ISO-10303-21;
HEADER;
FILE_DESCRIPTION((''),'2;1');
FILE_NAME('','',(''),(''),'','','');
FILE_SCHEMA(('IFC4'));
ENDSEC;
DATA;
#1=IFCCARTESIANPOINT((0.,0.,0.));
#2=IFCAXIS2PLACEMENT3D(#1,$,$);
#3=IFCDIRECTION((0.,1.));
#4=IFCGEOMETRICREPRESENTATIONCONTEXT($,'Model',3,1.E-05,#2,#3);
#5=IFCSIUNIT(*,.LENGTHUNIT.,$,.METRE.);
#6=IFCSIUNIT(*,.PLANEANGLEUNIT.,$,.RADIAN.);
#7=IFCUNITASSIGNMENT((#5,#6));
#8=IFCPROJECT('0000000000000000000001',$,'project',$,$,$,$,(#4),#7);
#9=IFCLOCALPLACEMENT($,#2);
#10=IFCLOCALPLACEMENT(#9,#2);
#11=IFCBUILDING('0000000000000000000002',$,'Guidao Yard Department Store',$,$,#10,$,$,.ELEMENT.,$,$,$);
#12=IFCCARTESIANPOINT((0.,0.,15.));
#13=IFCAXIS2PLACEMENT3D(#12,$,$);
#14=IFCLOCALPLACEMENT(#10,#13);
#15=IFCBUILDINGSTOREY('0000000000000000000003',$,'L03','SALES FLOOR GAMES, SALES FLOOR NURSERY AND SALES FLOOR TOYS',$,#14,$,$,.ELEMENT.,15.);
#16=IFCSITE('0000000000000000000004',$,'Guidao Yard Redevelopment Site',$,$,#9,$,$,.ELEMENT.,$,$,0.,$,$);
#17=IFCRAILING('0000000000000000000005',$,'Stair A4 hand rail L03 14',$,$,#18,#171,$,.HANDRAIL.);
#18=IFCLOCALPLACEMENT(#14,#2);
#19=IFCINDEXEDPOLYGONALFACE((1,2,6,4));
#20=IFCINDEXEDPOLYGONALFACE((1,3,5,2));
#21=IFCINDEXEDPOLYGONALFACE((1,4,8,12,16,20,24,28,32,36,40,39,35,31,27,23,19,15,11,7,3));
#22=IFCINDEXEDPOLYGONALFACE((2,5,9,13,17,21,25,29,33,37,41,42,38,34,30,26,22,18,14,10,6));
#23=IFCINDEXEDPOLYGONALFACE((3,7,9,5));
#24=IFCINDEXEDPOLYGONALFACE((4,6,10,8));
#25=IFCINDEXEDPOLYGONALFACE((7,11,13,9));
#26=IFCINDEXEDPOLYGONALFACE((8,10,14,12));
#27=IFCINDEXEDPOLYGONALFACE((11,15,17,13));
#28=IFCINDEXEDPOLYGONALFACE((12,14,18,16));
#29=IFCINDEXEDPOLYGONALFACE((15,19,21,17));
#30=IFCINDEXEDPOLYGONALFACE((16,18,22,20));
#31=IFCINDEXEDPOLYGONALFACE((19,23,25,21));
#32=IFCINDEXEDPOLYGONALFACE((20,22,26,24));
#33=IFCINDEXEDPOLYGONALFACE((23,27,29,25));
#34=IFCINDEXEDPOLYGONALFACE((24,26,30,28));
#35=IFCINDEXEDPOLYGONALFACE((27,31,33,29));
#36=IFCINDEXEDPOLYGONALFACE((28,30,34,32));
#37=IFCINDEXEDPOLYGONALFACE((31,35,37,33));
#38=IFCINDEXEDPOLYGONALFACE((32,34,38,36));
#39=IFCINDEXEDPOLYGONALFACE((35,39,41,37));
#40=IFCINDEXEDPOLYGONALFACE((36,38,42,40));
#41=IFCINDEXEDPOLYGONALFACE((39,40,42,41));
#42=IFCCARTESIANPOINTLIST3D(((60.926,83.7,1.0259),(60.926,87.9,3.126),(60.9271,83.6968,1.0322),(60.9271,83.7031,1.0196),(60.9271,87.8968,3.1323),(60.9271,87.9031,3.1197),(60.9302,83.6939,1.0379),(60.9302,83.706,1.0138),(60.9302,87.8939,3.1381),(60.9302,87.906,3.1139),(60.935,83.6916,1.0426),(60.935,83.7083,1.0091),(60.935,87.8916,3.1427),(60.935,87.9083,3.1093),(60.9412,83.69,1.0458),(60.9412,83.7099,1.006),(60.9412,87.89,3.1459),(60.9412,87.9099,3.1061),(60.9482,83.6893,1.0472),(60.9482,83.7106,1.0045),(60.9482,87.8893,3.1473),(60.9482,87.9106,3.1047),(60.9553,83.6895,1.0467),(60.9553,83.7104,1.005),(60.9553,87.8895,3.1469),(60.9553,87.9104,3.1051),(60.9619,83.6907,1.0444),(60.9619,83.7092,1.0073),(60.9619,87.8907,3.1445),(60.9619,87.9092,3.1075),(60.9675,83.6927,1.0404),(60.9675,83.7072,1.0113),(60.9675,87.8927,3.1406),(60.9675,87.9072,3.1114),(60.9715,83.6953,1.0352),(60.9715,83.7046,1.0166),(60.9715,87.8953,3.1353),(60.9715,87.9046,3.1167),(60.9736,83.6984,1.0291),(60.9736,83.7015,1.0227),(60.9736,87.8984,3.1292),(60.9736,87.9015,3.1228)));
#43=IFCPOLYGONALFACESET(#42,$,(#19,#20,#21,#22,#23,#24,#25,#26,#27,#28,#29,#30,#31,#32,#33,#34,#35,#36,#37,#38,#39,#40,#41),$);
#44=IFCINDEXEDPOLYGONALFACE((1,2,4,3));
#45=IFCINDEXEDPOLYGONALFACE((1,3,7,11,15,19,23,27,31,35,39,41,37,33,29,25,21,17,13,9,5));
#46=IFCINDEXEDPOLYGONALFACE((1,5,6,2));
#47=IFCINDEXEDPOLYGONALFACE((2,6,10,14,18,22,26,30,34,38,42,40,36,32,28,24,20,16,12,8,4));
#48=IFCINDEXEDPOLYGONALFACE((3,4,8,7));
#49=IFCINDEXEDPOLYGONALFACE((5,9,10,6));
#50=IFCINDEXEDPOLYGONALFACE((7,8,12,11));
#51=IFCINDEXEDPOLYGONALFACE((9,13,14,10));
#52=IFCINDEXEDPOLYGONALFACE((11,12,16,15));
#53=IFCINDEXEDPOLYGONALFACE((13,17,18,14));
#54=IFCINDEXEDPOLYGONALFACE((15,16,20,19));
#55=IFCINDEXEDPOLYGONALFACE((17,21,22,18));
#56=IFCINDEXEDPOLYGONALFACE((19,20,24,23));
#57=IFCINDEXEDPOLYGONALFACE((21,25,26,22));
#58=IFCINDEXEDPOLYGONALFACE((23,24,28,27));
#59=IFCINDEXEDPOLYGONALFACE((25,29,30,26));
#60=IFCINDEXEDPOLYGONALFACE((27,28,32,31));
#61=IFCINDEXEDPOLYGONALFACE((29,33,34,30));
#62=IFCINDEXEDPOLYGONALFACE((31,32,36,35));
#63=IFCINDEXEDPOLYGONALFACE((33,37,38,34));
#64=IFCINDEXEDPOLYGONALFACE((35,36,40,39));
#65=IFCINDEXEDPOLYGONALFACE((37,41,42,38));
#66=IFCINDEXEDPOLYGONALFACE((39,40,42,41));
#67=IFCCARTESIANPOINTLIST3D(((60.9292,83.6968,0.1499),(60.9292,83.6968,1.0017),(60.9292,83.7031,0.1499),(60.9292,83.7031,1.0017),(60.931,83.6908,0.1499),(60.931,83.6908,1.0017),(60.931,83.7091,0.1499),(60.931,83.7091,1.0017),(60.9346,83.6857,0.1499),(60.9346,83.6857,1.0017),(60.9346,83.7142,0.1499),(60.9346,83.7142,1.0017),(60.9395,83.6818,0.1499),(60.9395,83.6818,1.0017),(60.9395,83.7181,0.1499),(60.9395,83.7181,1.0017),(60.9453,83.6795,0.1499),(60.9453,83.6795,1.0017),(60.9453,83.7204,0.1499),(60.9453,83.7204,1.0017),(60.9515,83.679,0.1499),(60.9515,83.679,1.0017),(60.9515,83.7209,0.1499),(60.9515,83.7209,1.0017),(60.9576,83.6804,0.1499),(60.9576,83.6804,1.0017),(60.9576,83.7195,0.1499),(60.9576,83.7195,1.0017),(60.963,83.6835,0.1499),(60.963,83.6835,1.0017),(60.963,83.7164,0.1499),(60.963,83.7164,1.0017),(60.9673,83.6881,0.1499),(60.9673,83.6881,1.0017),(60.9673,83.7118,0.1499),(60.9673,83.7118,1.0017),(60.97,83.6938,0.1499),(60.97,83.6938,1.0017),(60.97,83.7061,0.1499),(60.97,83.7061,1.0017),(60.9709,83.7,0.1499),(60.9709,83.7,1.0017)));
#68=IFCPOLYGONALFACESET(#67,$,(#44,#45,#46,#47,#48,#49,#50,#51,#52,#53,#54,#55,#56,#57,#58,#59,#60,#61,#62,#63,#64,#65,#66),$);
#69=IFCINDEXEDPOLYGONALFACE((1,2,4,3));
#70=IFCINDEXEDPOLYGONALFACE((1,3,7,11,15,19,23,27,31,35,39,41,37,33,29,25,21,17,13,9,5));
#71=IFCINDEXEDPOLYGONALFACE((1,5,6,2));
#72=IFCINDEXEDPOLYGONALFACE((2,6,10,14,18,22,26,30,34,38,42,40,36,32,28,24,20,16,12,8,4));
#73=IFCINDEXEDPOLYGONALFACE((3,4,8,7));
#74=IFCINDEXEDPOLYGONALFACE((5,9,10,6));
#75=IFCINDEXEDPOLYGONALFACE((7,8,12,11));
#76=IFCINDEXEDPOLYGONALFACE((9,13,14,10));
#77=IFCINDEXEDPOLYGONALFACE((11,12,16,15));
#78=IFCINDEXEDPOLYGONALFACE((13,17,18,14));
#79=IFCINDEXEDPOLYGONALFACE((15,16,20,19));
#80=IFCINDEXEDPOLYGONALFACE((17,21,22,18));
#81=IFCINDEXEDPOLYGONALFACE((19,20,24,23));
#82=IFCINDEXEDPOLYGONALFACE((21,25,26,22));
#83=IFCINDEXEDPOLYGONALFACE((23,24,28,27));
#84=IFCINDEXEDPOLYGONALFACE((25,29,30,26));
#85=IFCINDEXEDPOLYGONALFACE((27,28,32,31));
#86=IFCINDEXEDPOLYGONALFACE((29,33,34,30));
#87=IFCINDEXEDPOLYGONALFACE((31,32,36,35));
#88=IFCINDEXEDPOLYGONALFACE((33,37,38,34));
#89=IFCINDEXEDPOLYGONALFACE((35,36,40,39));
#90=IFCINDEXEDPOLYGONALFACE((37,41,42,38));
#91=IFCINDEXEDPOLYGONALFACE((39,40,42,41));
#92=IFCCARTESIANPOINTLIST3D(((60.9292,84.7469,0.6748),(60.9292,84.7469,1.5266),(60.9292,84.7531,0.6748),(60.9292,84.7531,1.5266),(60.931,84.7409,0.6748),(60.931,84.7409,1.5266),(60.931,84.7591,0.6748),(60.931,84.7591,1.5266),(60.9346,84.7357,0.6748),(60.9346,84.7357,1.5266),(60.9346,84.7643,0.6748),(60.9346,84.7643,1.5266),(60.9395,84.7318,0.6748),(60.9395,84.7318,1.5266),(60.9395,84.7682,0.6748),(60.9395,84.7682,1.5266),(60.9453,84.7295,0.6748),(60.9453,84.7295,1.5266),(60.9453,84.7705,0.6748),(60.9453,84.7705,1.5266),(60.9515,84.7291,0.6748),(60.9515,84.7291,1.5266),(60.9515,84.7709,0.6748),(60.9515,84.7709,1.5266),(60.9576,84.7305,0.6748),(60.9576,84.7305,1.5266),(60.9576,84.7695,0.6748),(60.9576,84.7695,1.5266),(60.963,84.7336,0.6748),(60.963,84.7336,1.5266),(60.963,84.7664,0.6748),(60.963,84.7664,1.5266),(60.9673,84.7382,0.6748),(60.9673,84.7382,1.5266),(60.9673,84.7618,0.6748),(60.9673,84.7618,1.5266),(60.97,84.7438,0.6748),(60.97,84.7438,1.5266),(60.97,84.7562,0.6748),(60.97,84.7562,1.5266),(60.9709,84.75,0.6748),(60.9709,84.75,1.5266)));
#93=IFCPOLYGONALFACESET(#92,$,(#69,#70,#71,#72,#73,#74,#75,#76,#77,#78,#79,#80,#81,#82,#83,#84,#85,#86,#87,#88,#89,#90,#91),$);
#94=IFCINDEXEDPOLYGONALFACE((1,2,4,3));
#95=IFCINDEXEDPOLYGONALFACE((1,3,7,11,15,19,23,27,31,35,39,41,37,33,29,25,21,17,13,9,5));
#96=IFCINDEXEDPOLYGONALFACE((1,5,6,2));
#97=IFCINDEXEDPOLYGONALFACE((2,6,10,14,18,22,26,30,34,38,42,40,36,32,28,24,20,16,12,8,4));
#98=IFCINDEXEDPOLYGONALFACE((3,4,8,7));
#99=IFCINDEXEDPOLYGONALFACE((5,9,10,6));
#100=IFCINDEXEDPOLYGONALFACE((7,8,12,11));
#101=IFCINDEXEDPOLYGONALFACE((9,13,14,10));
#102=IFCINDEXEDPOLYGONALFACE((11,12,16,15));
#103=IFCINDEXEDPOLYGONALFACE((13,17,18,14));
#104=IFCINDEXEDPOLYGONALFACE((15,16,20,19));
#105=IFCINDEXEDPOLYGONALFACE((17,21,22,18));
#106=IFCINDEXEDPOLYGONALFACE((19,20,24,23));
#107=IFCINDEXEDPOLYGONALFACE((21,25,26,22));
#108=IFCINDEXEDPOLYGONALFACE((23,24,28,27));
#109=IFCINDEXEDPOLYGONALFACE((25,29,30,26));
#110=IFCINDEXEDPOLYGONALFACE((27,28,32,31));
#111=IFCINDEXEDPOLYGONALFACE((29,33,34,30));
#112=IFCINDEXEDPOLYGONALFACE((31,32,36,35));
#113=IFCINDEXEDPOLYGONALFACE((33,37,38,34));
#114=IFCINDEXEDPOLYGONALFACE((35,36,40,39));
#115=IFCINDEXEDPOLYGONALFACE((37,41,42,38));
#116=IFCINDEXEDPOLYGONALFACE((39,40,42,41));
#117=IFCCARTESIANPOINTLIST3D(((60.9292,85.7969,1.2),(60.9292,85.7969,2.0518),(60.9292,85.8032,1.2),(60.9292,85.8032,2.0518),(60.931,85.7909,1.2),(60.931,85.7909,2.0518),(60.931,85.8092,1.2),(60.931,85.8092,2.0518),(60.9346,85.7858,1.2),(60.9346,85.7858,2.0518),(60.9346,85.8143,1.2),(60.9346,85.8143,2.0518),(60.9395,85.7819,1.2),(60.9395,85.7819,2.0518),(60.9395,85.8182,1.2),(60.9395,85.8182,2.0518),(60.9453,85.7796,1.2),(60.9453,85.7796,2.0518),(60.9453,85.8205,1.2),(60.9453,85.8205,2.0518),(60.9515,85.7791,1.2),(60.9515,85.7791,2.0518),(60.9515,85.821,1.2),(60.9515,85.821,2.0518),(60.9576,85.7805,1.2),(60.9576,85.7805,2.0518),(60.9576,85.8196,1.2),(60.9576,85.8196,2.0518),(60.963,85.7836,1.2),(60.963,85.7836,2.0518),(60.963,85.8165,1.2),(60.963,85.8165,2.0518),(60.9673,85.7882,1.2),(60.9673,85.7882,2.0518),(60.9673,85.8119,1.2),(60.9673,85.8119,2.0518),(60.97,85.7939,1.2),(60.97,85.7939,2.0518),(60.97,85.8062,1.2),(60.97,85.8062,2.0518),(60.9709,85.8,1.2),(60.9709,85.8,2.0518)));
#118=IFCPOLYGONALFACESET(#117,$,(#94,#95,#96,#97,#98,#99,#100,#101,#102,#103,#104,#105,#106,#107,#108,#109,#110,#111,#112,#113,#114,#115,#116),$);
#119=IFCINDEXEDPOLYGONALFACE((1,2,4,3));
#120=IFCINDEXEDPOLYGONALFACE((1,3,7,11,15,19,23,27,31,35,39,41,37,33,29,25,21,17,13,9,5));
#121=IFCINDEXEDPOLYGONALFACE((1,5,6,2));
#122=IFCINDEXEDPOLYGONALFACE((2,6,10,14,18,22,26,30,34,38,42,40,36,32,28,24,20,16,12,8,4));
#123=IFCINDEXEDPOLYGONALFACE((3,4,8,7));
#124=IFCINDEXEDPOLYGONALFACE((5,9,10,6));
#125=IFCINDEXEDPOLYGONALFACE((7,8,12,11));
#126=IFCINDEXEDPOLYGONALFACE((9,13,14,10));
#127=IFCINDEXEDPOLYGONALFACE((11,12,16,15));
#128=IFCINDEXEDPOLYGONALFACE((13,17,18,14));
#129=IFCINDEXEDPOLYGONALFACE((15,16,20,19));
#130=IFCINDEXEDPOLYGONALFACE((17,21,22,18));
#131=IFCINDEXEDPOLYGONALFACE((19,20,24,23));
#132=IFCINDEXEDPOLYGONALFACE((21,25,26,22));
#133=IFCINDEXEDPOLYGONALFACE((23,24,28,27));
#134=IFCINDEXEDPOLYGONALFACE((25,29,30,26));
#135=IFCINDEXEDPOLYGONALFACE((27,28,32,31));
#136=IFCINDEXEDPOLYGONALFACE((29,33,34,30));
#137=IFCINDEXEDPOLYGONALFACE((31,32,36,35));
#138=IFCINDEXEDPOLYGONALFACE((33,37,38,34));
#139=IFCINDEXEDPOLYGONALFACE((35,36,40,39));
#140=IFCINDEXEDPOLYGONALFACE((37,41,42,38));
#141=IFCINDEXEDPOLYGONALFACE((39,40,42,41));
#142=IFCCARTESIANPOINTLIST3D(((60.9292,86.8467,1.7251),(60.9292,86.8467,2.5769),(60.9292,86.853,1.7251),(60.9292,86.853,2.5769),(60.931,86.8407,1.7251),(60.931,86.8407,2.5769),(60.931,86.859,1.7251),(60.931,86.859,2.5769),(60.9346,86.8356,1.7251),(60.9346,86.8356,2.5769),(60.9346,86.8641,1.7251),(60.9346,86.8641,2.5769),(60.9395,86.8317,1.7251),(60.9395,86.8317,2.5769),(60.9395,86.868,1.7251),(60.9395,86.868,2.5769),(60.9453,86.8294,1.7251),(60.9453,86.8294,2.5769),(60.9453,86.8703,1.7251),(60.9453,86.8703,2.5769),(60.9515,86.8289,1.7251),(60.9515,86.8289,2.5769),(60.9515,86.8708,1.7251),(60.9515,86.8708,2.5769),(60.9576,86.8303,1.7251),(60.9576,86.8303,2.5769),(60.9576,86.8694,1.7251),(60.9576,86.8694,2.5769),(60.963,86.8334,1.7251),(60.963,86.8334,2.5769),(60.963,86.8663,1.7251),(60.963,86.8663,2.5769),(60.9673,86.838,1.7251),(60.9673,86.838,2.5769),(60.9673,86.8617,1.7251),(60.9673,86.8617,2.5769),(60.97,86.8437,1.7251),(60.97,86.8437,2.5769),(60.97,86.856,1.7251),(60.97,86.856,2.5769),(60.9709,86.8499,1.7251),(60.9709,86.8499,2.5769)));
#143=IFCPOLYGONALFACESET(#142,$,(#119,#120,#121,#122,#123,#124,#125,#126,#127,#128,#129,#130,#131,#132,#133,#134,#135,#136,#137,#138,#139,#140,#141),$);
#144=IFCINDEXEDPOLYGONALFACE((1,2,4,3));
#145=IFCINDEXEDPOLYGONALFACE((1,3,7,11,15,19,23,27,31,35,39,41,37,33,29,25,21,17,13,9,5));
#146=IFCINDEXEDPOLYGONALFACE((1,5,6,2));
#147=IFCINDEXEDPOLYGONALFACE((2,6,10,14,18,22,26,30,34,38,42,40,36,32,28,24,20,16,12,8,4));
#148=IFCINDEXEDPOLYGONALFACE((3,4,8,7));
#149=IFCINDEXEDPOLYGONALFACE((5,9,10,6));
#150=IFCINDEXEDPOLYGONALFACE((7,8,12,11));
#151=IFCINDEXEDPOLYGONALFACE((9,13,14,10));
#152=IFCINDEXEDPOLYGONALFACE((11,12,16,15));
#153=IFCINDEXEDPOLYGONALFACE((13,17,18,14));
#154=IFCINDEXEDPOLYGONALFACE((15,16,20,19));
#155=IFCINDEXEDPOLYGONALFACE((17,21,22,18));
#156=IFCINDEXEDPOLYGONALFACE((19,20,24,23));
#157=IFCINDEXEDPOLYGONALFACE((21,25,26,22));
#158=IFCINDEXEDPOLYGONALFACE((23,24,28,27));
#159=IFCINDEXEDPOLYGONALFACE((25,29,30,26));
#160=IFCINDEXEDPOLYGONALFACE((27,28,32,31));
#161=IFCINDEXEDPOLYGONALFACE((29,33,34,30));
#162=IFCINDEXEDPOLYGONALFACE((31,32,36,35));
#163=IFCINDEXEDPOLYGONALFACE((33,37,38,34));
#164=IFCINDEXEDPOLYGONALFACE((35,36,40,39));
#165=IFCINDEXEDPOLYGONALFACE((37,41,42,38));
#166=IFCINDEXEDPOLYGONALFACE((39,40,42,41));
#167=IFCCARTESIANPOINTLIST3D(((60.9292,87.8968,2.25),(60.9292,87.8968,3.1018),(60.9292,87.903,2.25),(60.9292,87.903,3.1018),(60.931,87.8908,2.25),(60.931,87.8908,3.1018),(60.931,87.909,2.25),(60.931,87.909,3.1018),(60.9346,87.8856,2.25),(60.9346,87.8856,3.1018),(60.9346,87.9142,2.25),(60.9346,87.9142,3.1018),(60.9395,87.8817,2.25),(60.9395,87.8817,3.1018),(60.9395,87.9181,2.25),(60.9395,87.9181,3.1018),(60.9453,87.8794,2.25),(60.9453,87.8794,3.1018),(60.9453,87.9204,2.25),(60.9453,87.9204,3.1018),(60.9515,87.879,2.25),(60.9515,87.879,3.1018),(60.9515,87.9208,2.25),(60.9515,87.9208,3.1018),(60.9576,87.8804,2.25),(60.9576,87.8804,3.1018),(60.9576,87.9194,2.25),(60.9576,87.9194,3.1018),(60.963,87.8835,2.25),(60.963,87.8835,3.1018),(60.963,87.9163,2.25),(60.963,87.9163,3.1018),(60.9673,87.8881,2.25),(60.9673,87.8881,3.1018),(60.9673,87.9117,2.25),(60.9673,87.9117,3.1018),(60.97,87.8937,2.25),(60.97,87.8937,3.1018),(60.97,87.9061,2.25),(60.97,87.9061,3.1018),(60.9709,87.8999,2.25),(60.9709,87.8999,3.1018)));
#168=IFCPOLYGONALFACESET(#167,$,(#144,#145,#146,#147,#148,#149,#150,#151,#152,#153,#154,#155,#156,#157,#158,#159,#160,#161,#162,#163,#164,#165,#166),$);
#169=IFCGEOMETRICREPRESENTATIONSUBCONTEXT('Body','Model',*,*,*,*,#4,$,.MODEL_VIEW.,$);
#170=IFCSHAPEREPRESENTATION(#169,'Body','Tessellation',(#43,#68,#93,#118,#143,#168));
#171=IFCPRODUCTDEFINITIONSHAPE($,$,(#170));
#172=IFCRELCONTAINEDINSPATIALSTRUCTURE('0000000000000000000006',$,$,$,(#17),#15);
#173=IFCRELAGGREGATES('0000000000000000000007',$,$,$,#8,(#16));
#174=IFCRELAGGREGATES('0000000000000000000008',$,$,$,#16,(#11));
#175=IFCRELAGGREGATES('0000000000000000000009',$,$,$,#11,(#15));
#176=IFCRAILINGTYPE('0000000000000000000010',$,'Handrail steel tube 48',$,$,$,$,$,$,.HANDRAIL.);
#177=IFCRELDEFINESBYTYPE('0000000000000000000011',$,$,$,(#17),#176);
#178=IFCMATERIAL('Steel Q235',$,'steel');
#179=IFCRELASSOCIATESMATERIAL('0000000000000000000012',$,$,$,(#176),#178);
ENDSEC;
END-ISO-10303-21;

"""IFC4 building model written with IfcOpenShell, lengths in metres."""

from ifc_helpers import new_model, si_unit, direction, frame, origin, origin_2d, place, context, subcontext, project, spatial, circle, extrude, material, type_object, element, save


model = new_model("IFC4")

# Units and contexts
model_context = context("Model", 3, precision=1e-05, world=origin(), true_north=direction((0.0, 1.0)))
body_context = subcontext(model_context, "Body", "Model", "MODEL_VIEW")
ifc_project = project(units=[si_unit("LENGTHUNIT", "METRE"), si_unit("PLANEANGLEUNIT", "RADIAN")], contexts=[model_context])

# Site, building, storey
site_placement = place(None, origin())
site = spatial("IfcSite", under=ifc_project, at=site_placement, Name="Guidao Yard Redevelopment Site", CompositionType="ELEMENT", RefElevation=0.0)
building_placement = place(site_placement, origin())
building = spatial("IfcBuilding", under=site, at=building_placement, Name="Guidao Yard Department Store", CompositionType="ELEMENT")
storey_placement = place(building_placement, frame((0.0, 0.0, 15.0)))
storey = spatial("IfcBuildingStorey", under=building, at=storey_placement, Name="L03", Description="SALES FLOOR GAMES, SALES FLOOR NURSERY AND SALES FLOOR TOYS", CompositionType="ELEMENT", Elevation=15.0)

# Railing
ifc_material_1 = material(Name="Steel Q235", Category="steel")
railing_type_1 = type_object("IfcRailingType", Name="Handrail steel tube 48", PredefinedType="HANDRAIL", material=ifc_material_1)
for number, where, name in (
    (1, (60.95, 83.7, 0.1499), "Stair A4 hand rail L03 14"),
):
    element("IfcRailing", number, at=place(storey_placement, frame(where)), inside=storey, type_object=railing_type_1, Name=name, PredefinedType="HANDRAIL", context=body_context, shape_type="SweptSolid", body=[
        extrude(circle(Radius=0.0239, at=origin_2d()), frame((0.0, 0.0, 0.876), z_axis=(0.0, 0.894417, 0.447234), x_axis=(-1.0, 0.0, 0.0)), (0.0, 0.0, 1.0), 4.6958),
        extrude(circle(Radius=0.021, at=origin_2d()), origin(), (0.0, 0.0, 1.0), 0.8518),
        extrude(circle(Radius=0.021, at=origin_2d()), frame((0.0, 1.05, 0.5249)), (0.0, 0.0, 1.0), 0.8518),
        extrude(circle(Radius=0.021, at=origin_2d()), frame((0.0, 2.1001, 1.05)), (0.0, 0.0, 1.0), 0.8518),
        extrude(circle(Radius=0.021, at=origin_2d()), frame((0.0, 3.1499, 1.5752)), (0.0, 0.0, 1.0), 0.8518),
        extrude(circle(Radius=0.021, at=origin_2d()), frame((0.0, 4.2, 2.1001)), (0.0, 0.0, 1.0), 0.8518),
    ])

save(model, "model.ifc")
